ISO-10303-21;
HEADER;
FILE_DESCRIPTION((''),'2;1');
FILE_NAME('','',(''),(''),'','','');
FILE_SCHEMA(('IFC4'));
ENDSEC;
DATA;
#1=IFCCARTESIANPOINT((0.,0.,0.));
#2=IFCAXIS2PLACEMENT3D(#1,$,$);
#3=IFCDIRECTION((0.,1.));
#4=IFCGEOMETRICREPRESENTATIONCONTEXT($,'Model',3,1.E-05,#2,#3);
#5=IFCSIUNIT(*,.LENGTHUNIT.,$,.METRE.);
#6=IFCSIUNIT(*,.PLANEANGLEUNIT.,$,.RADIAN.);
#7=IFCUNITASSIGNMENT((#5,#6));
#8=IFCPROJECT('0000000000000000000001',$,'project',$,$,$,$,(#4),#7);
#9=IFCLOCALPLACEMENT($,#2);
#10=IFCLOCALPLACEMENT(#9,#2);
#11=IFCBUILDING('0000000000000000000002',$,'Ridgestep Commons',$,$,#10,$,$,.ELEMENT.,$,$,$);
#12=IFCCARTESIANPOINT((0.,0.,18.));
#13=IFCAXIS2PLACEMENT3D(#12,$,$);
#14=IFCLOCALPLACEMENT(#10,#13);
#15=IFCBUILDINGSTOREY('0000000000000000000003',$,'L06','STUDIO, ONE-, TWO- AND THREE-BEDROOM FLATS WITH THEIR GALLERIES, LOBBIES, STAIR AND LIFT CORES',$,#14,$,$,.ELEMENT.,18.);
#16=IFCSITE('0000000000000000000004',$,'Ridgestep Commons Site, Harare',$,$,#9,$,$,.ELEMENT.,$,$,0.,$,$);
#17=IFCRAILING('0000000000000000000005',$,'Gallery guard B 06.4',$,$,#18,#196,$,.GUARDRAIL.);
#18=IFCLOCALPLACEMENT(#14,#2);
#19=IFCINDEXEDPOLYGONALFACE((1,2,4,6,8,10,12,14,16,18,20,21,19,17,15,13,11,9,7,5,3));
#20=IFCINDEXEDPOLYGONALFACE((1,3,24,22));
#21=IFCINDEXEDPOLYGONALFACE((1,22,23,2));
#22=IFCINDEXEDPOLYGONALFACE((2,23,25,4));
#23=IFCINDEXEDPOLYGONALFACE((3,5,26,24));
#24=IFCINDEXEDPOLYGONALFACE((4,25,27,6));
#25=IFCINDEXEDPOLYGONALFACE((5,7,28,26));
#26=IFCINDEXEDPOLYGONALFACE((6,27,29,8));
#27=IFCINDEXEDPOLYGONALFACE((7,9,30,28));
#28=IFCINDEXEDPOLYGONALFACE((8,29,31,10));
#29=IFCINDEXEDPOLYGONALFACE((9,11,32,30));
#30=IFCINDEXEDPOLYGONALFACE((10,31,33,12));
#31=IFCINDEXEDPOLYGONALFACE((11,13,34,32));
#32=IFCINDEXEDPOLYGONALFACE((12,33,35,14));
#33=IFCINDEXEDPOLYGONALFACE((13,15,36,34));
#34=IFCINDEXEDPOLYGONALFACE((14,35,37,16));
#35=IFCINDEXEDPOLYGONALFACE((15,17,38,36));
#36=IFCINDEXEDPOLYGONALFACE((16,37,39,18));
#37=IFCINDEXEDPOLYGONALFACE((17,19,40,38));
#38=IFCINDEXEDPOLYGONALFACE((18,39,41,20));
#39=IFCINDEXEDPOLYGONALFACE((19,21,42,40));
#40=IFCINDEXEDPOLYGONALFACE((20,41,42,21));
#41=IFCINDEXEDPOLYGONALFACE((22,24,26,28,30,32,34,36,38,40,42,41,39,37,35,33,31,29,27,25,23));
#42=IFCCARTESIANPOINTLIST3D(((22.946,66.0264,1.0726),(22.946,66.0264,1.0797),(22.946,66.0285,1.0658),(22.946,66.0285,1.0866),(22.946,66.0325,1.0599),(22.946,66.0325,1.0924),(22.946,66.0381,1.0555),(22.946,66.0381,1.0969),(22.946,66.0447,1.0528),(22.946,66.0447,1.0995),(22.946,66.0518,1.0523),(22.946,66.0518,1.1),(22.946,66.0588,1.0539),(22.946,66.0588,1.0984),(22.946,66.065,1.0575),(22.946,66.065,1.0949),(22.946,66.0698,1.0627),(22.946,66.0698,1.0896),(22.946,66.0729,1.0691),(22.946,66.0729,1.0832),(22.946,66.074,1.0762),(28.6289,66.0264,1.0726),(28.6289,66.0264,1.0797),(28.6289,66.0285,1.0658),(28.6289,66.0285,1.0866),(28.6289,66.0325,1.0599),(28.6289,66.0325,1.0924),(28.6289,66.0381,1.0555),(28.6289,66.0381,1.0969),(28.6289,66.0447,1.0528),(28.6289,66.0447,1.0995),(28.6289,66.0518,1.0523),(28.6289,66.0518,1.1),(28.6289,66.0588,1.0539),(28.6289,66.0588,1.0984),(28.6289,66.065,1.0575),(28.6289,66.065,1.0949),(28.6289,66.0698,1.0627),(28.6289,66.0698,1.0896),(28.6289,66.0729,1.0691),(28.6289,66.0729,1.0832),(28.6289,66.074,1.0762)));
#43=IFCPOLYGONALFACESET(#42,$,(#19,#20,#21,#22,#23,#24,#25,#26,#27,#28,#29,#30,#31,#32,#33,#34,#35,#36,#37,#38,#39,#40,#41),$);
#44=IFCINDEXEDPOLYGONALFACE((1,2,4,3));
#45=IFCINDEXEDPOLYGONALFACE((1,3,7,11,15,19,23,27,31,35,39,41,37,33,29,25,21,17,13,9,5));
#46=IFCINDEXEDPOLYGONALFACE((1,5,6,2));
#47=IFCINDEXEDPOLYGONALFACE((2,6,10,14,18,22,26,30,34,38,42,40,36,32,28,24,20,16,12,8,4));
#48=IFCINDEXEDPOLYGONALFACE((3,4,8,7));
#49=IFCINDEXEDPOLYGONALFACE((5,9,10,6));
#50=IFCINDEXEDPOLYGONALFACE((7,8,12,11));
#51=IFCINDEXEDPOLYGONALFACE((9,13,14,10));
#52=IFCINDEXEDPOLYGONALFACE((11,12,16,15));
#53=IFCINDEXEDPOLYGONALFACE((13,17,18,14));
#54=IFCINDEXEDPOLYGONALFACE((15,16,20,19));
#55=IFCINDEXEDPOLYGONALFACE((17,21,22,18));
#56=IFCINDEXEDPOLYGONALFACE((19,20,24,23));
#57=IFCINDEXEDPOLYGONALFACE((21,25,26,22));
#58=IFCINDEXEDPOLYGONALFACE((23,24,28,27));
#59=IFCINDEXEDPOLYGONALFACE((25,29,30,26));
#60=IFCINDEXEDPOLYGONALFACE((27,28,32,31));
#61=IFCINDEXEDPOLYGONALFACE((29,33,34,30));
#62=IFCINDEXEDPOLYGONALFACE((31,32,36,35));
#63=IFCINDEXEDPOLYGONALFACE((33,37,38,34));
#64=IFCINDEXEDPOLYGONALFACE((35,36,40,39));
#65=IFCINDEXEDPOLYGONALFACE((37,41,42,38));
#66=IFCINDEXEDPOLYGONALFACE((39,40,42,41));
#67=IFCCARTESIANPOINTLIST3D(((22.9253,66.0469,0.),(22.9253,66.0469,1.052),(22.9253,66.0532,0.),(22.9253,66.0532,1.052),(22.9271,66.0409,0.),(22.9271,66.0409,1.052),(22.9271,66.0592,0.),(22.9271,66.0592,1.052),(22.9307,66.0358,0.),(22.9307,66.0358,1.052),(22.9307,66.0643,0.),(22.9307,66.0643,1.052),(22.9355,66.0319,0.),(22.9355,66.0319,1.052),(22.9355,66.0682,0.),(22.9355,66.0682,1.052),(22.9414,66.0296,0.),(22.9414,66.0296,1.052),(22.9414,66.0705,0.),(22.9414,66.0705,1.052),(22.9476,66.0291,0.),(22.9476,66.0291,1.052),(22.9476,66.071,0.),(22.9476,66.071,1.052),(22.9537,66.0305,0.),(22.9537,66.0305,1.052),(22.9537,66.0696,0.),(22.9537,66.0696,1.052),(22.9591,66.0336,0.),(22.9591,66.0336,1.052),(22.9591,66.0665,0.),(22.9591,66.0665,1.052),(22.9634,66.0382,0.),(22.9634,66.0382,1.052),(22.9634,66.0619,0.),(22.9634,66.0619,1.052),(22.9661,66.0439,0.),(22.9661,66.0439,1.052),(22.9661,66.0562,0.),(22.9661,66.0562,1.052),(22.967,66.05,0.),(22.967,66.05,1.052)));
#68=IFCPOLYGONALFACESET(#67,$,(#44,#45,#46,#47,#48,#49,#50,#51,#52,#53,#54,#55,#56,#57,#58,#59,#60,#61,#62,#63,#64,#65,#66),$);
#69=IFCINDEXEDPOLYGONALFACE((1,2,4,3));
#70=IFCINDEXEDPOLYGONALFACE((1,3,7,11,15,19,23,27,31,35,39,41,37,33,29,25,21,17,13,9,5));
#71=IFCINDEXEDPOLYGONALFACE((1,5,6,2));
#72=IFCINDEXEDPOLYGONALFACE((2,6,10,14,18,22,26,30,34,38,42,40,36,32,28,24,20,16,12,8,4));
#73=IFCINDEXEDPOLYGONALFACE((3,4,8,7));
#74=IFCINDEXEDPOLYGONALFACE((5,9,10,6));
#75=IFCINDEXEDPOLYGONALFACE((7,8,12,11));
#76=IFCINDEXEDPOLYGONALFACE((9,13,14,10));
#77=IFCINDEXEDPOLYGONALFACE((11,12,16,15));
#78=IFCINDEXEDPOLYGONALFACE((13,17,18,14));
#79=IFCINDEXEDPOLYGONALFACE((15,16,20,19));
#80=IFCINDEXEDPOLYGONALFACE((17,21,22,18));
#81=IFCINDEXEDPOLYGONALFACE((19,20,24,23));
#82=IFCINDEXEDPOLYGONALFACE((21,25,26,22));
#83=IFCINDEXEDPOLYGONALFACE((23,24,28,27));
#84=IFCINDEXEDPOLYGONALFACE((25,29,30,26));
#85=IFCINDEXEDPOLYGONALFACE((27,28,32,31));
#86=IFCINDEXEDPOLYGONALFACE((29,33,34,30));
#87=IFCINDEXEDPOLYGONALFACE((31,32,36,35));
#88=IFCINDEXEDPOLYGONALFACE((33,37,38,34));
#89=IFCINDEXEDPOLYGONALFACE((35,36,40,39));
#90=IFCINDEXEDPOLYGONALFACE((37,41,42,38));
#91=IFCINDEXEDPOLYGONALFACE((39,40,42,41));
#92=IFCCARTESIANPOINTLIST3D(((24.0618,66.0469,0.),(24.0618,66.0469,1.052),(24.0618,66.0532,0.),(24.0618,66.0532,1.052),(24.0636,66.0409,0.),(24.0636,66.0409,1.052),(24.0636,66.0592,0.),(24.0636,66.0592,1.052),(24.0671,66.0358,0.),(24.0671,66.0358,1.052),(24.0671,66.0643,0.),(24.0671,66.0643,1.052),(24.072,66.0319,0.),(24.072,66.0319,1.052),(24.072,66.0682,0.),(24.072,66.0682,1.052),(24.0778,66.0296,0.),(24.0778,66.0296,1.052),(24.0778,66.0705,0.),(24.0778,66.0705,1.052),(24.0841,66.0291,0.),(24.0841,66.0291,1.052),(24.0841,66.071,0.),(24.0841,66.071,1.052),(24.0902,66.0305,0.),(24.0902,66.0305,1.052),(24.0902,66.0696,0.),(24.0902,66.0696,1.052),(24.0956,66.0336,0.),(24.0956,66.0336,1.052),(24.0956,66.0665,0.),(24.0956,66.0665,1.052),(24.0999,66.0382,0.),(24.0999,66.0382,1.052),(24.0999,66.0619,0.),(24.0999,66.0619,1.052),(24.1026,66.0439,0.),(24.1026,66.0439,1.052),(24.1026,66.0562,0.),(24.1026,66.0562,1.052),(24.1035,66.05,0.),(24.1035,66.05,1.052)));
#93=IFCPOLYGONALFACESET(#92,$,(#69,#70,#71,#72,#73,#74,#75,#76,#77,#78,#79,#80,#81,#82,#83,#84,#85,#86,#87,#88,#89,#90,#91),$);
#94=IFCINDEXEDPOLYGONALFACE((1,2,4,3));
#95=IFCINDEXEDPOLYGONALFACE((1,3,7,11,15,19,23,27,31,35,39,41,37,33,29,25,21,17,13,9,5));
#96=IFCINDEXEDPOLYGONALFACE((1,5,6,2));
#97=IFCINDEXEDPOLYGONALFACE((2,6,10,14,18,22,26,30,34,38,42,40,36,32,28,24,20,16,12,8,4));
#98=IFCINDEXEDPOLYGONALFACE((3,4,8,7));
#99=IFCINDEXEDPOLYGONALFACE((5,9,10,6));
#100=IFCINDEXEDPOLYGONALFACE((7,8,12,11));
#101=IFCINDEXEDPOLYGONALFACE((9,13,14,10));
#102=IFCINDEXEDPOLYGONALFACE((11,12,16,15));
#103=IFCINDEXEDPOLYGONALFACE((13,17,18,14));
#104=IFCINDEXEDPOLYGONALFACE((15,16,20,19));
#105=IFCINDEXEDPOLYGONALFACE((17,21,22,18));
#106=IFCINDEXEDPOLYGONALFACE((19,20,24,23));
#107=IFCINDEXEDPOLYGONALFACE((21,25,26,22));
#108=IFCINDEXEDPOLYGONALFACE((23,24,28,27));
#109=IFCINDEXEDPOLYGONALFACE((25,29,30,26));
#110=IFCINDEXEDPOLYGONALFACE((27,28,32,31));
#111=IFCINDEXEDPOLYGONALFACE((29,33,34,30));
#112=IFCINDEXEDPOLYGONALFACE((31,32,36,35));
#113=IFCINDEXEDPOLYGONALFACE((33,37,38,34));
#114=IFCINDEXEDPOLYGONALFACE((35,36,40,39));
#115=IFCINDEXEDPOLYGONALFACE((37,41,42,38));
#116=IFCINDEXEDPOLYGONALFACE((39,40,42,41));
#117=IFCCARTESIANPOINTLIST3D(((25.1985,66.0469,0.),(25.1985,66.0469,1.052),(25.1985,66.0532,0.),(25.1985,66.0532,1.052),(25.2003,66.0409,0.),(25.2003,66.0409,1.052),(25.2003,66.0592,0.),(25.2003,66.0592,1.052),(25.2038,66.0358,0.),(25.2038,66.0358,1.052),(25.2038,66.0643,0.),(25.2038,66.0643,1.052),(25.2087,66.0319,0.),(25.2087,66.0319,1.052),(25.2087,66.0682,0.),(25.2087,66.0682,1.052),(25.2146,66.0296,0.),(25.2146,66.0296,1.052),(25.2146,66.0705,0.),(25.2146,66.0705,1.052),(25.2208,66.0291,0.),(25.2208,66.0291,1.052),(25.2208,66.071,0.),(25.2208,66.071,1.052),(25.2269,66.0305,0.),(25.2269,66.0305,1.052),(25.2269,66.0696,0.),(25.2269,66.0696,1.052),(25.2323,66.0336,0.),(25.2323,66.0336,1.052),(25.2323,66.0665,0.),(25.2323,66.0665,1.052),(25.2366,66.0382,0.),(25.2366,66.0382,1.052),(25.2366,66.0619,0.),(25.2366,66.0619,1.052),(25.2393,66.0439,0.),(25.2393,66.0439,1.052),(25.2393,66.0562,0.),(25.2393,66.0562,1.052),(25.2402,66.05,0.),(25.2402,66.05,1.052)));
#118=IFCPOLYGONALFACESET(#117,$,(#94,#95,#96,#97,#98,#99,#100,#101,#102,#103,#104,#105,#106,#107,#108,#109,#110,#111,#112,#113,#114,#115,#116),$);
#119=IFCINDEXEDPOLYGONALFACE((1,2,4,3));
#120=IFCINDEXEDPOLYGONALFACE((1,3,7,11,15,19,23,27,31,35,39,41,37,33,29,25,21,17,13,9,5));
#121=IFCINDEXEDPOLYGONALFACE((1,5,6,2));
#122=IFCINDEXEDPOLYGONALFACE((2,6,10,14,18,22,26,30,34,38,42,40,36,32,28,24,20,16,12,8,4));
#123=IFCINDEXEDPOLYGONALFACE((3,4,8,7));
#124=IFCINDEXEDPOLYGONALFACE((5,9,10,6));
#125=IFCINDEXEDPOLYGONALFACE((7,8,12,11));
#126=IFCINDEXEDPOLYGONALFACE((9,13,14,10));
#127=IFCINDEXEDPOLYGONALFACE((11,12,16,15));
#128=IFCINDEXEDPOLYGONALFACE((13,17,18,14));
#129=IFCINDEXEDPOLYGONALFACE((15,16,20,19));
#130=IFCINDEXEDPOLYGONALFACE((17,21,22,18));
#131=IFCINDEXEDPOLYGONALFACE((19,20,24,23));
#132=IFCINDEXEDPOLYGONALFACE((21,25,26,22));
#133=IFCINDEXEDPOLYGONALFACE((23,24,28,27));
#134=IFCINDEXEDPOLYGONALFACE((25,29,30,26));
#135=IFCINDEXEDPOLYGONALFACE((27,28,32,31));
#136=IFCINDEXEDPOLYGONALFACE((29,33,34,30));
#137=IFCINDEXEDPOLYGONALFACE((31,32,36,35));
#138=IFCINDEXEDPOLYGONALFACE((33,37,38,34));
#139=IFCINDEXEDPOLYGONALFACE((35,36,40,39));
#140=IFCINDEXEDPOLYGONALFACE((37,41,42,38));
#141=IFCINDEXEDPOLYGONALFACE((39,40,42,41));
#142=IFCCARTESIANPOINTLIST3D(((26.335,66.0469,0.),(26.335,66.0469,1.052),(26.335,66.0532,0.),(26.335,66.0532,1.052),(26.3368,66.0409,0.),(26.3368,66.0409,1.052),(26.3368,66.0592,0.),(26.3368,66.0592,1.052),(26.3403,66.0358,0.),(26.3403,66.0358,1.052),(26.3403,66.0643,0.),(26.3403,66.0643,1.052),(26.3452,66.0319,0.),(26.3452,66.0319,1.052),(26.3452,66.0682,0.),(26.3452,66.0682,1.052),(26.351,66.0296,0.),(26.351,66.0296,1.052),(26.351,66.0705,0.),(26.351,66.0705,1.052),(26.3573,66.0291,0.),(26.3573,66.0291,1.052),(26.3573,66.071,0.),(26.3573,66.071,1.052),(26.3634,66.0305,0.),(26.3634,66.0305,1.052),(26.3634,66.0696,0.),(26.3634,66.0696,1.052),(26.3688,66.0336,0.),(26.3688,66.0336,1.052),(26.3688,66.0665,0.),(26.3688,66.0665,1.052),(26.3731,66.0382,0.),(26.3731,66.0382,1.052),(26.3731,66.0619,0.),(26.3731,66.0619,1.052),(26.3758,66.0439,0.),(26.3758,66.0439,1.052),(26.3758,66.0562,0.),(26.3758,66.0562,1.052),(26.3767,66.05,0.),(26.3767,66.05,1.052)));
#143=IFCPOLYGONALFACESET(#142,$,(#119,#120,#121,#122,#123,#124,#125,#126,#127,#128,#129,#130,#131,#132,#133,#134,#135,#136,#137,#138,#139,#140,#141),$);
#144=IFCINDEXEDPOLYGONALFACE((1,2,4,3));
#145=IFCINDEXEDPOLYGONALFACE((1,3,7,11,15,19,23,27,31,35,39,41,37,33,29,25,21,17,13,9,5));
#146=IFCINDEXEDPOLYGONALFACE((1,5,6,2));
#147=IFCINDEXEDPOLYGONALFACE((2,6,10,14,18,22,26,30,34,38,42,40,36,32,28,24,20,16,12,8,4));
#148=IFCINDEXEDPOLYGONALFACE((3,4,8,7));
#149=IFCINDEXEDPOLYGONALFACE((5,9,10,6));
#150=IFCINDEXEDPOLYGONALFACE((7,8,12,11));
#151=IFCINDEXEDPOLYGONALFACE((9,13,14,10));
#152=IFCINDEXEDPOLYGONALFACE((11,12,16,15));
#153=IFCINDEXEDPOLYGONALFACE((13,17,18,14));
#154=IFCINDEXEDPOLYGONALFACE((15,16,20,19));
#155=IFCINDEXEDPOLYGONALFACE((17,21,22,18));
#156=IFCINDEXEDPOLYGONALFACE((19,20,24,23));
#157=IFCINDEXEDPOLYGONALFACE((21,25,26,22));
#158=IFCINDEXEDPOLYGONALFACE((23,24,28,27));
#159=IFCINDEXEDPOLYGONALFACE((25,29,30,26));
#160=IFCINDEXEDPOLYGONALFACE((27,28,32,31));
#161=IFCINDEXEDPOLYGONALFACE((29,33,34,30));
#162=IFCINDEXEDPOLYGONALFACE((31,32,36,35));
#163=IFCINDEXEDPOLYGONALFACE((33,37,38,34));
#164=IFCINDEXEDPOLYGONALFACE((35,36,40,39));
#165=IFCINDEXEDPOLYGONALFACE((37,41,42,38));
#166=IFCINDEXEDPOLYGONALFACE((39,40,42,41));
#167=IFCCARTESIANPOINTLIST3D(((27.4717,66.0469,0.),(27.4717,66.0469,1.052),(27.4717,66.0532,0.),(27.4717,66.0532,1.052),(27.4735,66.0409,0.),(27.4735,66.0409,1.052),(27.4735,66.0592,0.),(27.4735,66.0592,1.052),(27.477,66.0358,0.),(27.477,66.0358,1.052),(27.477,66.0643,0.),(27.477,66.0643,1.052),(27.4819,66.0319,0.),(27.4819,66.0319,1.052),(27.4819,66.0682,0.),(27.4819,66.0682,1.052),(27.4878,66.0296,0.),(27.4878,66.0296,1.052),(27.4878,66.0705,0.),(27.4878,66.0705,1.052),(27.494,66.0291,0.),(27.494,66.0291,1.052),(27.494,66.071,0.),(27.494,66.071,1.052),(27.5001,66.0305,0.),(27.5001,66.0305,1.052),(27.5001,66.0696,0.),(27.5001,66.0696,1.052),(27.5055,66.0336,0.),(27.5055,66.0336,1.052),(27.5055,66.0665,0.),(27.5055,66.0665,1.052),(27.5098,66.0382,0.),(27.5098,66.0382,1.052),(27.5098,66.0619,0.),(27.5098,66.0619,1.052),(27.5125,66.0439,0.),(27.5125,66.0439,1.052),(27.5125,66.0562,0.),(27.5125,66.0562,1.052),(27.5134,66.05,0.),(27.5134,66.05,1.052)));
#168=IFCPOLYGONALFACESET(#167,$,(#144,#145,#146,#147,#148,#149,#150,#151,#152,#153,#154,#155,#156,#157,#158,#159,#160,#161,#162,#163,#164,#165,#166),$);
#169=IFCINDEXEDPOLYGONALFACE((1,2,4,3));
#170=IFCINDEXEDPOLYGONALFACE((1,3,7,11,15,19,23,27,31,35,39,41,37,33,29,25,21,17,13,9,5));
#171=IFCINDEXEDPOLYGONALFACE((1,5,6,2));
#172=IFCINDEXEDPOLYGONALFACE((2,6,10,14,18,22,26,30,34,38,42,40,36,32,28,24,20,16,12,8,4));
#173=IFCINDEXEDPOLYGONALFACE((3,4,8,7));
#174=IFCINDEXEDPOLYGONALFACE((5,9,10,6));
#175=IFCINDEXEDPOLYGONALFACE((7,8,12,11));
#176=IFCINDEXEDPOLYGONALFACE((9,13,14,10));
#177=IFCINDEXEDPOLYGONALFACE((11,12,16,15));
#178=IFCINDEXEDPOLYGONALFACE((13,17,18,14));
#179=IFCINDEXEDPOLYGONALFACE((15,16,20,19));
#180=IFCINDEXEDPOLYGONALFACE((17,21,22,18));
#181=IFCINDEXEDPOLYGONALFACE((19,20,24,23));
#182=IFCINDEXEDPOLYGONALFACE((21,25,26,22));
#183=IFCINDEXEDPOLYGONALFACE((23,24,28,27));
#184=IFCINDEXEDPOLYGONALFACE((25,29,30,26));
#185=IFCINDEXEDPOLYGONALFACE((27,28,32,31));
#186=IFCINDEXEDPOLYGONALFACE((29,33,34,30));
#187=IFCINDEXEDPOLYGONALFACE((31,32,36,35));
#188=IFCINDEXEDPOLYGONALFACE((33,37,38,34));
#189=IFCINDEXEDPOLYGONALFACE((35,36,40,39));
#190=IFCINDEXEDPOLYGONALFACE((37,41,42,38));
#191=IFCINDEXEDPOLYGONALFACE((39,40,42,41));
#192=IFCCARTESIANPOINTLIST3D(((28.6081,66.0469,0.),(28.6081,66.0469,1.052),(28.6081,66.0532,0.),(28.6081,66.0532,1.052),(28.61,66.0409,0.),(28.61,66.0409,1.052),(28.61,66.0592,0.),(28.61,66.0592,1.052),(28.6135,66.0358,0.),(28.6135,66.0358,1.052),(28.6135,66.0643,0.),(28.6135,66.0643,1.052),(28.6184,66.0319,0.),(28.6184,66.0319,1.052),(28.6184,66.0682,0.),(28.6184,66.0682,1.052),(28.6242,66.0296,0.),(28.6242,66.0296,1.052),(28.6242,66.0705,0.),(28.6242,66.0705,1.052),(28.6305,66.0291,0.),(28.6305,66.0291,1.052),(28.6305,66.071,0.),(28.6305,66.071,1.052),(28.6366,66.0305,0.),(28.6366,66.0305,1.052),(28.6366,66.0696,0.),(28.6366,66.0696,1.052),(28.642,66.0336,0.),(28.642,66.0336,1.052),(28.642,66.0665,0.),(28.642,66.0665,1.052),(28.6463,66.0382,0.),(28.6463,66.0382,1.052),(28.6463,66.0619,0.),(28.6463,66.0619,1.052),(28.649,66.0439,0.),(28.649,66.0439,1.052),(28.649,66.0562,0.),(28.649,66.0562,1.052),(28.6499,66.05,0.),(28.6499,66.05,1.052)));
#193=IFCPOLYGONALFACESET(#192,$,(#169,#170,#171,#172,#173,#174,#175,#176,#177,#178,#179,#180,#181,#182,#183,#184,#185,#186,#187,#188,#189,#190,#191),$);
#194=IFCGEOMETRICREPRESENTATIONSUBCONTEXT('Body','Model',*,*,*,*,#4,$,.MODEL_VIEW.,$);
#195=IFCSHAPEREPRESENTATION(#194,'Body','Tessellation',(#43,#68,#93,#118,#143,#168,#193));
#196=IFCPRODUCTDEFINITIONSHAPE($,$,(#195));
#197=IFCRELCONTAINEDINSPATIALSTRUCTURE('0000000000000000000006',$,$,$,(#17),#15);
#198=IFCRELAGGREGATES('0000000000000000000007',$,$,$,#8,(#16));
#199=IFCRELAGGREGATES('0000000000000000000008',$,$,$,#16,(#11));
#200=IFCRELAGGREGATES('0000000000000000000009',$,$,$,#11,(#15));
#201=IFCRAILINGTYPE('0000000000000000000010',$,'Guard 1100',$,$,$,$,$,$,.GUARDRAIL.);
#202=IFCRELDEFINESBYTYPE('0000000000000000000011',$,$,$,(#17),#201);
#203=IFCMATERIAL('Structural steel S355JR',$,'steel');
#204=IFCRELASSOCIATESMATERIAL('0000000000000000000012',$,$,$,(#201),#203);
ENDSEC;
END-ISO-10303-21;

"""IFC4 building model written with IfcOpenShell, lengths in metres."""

from ifc_helpers import new_model, si_unit, direction, frame, origin, origin_2d, place, context, subcontext, project, spatial, circle, extrude, material, type_object, element, save


model = new_model("IFC4")

# Units and contexts
model_context = context("Model", 3, precision=1e-05, world=origin(), true_north=direction((0.0, 1.0)))
body_context = subcontext(model_context, "Body", "Model", "MODEL_VIEW")
ifc_project = project(units=[si_unit("LENGTHUNIT", "METRE"), si_unit("PLANEANGLEUNIT", "RADIAN")], contexts=[model_context])

# Site, building, storey
site_placement = place(None, origin())
site = spatial("IfcSite", under=ifc_project, at=site_placement, Name="Ridgestep Commons Site, Harare", CompositionType="ELEMENT", RefElevation=0.0)
building_placement = place(site_placement, origin())
building = spatial("IfcBuilding", under=site, at=building_placement, Name="Ridgestep Commons", CompositionType="ELEMENT")
storey_placement = place(building_placement, frame((0.0, 0.0, 18.0)))
storey = spatial("IfcBuildingStorey", under=building, at=storey_placement, Name="L06", Description="STUDIO, ONE-, TWO- AND THREE-BEDROOM FLATS WITH THEIR GALLERIES, LOBBIES, STAIR AND LIFT CORES", CompositionType="ELEMENT", Elevation=18.0)

# Railing
ifc_material_1 = material(Name="Structural steel S355JR", Category="steel")
railing_type = type_object("IfcRailingType", Name="Guard 1100", PredefinedType="GUARDRAIL", material=ifc_material_1)
railing_1_placement = place(storey_placement, frame((22.946, 66.05, 0.0)))
element("IfcRailing", 1, at=railing_1_placement, inside=storey, type_object=railing_type, Name="Gallery guard B 06.4", PredefinedType="GUARDRAIL", context=body_context, shape_type="SweptSolid", body=[
    extrude(circle(Radius=0.0239, at=origin_2d()), frame((0.0, 0.0, 1.0762), z_axis=(1.0, 0.0, 0.0), x_axis=(0.0, 1.0, 0.0)), (0.0, 0.0, 1.0), 5.6829),
    extrude(circle(Radius=0.021, at=origin_2d()), origin(), (0.0, 0.0, 1.0), 1.052),
    extrude(circle(Radius=0.021, at=origin_2d()), frame((1.1365, 0.0, 0.0)), (0.0, 0.0, 1.0), 1.052),
    extrude(circle(Radius=0.021, at=origin_2d()), frame((2.2732, 0.0, 0.0)), (0.0, 0.0, 1.0), 1.052),
    extrude(circle(Radius=0.021, at=origin_2d()), frame((3.4097, 0.0, 0.0)), (0.0, 0.0, 1.0), 1.052),
    extrude(circle(Radius=0.021, at=origin_2d()), frame((4.5464, 0.0, 0.0)), (0.0, 0.0, 1.0), 1.052),
    extrude(circle(Radius=0.021, at=origin_2d()), frame((5.6829, 0.0, 0.0)), (0.0, 0.0, 1.0), 1.052),
])

save(model, "model.ifc")
